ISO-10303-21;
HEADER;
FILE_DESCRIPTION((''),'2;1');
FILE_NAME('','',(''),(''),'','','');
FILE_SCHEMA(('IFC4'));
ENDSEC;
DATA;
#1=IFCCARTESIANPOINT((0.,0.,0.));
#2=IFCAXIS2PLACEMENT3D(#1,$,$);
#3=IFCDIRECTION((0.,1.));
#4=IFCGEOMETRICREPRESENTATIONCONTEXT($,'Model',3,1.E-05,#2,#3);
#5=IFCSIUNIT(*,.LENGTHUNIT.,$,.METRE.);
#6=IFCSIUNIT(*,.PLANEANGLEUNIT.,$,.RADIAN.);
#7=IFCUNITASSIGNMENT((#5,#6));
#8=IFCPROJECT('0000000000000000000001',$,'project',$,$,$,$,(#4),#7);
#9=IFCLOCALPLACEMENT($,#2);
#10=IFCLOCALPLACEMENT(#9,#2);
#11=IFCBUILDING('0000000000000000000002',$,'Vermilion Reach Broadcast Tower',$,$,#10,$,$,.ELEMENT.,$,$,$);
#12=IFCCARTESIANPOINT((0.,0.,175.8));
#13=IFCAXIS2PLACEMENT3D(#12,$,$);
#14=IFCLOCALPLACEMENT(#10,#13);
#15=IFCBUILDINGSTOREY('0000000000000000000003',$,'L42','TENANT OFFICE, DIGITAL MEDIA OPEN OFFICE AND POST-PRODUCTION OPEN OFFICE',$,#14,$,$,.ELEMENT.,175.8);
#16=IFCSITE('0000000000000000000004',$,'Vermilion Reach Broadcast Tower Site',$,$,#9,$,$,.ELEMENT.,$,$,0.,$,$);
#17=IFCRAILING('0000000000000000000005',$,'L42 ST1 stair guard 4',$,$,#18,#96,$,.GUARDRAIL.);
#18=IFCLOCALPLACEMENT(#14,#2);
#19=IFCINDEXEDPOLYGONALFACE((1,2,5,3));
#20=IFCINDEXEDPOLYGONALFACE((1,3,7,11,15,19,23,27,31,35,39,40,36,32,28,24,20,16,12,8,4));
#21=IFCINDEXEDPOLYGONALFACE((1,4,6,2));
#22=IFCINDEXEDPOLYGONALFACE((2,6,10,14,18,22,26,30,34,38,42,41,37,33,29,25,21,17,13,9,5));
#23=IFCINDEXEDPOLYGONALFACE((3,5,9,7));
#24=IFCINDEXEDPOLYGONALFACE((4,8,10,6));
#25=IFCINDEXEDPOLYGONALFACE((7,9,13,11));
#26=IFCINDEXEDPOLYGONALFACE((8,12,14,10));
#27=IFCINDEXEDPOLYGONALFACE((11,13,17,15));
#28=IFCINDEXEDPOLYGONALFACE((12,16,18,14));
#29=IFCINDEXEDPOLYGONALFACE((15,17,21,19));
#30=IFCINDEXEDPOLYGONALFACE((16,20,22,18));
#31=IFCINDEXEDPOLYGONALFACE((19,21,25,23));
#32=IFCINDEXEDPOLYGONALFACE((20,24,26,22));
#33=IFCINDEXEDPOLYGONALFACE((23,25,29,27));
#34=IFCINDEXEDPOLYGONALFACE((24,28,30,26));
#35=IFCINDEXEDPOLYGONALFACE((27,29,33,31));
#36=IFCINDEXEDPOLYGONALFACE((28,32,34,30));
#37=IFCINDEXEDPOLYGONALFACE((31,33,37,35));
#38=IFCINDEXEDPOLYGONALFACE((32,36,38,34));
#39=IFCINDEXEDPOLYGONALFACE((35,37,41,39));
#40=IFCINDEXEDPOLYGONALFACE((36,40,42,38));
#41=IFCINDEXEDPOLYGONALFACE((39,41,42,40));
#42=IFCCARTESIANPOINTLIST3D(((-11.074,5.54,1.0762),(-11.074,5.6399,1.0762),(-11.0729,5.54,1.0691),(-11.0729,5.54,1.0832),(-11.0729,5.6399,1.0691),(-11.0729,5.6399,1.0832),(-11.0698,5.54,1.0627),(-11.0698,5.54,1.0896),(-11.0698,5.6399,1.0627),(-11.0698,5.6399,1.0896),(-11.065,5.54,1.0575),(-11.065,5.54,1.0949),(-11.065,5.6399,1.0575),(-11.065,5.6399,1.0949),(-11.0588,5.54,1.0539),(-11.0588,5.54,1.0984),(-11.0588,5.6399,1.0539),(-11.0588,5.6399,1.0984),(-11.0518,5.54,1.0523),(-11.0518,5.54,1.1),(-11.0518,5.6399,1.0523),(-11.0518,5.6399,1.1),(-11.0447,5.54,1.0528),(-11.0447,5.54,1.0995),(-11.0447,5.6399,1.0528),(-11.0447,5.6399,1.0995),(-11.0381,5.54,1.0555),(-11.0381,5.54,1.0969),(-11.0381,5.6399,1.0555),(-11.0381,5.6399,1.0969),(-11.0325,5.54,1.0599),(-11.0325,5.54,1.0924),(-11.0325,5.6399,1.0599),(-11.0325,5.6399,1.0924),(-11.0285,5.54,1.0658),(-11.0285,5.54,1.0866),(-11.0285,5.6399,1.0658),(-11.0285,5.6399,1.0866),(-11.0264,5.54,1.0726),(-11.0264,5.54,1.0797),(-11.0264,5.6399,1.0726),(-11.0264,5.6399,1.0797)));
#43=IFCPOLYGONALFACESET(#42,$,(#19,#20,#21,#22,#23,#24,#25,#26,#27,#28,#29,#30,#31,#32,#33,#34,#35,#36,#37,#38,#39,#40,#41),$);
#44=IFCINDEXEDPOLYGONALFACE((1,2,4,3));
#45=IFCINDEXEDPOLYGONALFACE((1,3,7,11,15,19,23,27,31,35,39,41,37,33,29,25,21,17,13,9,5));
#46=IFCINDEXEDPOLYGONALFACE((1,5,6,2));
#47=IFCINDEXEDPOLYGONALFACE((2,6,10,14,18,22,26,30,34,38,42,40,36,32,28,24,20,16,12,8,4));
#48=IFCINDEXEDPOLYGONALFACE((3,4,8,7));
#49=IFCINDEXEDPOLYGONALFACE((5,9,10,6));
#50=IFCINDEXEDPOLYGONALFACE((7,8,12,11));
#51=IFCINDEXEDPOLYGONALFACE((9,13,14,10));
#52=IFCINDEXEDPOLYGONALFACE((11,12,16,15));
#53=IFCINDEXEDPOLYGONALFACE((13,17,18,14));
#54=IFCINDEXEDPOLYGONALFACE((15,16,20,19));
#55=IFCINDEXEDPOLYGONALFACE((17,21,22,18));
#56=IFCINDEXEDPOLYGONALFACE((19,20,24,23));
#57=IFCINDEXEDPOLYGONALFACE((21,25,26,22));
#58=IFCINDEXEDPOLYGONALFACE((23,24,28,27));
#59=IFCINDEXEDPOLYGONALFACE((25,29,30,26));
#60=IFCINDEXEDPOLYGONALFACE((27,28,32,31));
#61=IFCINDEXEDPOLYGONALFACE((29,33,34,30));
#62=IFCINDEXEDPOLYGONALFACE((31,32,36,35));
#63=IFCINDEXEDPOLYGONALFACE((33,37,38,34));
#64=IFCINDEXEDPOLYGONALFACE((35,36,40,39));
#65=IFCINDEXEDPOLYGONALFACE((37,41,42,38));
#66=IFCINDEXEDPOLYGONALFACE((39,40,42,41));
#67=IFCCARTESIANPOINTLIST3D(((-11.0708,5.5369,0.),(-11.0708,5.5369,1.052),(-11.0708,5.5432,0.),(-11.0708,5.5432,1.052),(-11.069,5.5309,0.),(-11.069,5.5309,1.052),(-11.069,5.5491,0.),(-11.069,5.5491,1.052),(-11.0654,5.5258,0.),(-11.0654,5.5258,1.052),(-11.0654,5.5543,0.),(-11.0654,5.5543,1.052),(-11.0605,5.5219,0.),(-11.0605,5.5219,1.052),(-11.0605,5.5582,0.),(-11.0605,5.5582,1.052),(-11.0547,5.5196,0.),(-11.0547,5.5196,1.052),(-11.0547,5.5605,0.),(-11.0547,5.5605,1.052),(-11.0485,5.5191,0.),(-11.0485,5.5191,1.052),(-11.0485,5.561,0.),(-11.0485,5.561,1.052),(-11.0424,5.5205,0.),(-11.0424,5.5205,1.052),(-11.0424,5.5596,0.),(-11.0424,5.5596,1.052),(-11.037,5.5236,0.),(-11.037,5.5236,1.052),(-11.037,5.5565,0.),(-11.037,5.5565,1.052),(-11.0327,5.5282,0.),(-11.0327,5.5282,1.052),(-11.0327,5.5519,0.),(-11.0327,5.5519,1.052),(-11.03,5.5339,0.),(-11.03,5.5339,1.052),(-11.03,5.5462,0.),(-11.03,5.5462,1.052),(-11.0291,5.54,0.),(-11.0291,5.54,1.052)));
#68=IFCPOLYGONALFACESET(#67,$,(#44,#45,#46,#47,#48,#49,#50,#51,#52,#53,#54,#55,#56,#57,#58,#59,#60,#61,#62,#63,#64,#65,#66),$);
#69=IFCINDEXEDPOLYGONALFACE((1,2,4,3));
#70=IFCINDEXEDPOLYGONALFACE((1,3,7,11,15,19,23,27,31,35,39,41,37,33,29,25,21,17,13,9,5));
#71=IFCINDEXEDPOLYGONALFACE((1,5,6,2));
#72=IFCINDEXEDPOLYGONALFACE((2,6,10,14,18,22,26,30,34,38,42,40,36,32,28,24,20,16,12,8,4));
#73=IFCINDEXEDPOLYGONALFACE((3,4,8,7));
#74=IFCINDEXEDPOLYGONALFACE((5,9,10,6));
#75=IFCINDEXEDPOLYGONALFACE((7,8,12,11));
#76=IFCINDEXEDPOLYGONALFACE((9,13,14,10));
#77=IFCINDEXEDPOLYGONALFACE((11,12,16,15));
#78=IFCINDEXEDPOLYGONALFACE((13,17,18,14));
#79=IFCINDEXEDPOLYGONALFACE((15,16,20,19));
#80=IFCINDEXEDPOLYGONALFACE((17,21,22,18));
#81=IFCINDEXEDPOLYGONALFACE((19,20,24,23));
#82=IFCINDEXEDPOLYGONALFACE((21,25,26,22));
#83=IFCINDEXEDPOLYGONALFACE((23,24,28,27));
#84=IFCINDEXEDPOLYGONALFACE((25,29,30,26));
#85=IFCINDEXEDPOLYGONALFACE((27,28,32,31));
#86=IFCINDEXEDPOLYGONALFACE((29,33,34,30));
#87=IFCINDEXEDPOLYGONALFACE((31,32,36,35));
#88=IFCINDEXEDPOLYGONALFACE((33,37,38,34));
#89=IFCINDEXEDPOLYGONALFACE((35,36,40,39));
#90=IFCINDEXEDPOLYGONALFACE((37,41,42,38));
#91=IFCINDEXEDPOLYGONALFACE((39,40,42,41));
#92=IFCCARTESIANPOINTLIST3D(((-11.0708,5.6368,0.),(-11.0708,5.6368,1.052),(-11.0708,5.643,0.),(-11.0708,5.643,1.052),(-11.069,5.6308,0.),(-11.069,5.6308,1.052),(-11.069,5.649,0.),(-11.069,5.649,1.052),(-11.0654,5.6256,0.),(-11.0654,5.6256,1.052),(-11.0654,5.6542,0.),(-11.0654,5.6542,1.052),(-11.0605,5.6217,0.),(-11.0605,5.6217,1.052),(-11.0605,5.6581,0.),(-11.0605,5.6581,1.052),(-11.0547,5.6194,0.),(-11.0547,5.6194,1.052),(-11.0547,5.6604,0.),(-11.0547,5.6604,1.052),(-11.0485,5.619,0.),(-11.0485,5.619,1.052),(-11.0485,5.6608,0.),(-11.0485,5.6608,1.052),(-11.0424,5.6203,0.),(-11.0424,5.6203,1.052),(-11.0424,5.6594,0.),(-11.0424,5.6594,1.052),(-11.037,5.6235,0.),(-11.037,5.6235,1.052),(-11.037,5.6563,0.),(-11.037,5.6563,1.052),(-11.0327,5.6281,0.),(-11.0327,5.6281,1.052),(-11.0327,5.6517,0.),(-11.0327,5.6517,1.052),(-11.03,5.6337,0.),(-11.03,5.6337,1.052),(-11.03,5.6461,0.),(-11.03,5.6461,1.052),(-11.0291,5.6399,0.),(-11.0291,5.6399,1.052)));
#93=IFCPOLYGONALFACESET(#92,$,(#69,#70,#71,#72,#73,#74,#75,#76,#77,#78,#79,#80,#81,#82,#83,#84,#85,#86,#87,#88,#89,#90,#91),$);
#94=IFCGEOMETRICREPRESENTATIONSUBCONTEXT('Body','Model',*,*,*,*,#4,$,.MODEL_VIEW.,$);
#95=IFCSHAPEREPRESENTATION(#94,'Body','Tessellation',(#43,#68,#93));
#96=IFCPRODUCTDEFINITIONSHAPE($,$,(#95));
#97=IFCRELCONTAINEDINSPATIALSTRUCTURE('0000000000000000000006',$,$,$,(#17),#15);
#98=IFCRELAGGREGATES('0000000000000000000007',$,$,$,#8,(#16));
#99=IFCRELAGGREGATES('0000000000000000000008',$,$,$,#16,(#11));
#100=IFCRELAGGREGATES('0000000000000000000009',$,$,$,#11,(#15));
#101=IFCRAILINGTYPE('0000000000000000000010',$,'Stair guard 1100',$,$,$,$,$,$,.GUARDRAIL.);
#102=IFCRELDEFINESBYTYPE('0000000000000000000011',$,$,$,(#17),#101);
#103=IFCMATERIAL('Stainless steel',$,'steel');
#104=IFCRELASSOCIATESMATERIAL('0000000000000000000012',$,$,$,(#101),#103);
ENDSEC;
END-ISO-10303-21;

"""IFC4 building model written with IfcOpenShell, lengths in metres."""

from ifc_helpers import new_model, si_unit, direction, frame, origin, origin_2d, place, context, subcontext, project, spatial, circle, extrude, material, type_object, element, save


model = new_model("IFC4")

# Units and contexts
model_context = context("Model", 3, precision=1e-05, world=origin(), true_north=direction((0.0, 1.0)))
body_context = subcontext(model_context, "Body", "Model", "MODEL_VIEW")
ifc_project = project(units=[si_unit("LENGTHUNIT", "METRE"), si_unit("PLANEANGLEUNIT", "RADIAN")], contexts=[model_context])

# Site, building, storey
site_placement = place(None, origin())
site = spatial("IfcSite", under=ifc_project, at=site_placement, Name="Vermilion Reach Broadcast Tower Site", CompositionType="ELEMENT", RefElevation=0.0)
building_placement = place(site_placement, origin())
building = spatial("IfcBuilding", under=site, at=building_placement, Name="Vermilion Reach Broadcast Tower", CompositionType="ELEMENT")
storey_placement = place(building_placement, frame((0.0, 0.0, 175.8)))
storey = spatial("IfcBuildingStorey", under=building, at=storey_placement, Name="L42", Description="TENANT OFFICE, DIGITAL MEDIA OPEN OFFICE AND POST-PRODUCTION OPEN OFFICE", CompositionType="ELEMENT", Elevation=175.8)

# Railing
ifc_material_1 = material(Name="Stainless steel", Category="steel")
railing_type_1 = type_object("IfcRailingType", Name="Stair guard 1100", PredefinedType="GUARDRAIL", material=ifc_material_1)
railing_1_placement = place(storey_placement, frame((-11.05, 5.54, 0.0)))
element("IfcRailing", 1, at=railing_1_placement, inside=storey, type_object=railing_type_1, Name="L42 ST1 stair guard 4", PredefinedType="GUARDRAIL", context=body_context, shape_type="SweptSolid", body=[
    extrude(circle(Radius=0.0239, at=origin_2d()), frame((0.0, 0.0, 1.0762), z_axis=(0.0, 1.0, 0.0), x_axis=(-1.0, 0.0, 0.0)), (0.0, 0.0, 1.0), 0.0999),
    extrude(circle(Radius=0.021, at=origin_2d()), origin(), (0.0, 0.0, 1.0), 1.052),
    extrude(circle(Radius=0.021, at=origin_2d()), frame((0.0, 0.0999, 0.0)), (0.0, 0.0, 1.0), 1.052),
])

save(model, "model.ifc")
